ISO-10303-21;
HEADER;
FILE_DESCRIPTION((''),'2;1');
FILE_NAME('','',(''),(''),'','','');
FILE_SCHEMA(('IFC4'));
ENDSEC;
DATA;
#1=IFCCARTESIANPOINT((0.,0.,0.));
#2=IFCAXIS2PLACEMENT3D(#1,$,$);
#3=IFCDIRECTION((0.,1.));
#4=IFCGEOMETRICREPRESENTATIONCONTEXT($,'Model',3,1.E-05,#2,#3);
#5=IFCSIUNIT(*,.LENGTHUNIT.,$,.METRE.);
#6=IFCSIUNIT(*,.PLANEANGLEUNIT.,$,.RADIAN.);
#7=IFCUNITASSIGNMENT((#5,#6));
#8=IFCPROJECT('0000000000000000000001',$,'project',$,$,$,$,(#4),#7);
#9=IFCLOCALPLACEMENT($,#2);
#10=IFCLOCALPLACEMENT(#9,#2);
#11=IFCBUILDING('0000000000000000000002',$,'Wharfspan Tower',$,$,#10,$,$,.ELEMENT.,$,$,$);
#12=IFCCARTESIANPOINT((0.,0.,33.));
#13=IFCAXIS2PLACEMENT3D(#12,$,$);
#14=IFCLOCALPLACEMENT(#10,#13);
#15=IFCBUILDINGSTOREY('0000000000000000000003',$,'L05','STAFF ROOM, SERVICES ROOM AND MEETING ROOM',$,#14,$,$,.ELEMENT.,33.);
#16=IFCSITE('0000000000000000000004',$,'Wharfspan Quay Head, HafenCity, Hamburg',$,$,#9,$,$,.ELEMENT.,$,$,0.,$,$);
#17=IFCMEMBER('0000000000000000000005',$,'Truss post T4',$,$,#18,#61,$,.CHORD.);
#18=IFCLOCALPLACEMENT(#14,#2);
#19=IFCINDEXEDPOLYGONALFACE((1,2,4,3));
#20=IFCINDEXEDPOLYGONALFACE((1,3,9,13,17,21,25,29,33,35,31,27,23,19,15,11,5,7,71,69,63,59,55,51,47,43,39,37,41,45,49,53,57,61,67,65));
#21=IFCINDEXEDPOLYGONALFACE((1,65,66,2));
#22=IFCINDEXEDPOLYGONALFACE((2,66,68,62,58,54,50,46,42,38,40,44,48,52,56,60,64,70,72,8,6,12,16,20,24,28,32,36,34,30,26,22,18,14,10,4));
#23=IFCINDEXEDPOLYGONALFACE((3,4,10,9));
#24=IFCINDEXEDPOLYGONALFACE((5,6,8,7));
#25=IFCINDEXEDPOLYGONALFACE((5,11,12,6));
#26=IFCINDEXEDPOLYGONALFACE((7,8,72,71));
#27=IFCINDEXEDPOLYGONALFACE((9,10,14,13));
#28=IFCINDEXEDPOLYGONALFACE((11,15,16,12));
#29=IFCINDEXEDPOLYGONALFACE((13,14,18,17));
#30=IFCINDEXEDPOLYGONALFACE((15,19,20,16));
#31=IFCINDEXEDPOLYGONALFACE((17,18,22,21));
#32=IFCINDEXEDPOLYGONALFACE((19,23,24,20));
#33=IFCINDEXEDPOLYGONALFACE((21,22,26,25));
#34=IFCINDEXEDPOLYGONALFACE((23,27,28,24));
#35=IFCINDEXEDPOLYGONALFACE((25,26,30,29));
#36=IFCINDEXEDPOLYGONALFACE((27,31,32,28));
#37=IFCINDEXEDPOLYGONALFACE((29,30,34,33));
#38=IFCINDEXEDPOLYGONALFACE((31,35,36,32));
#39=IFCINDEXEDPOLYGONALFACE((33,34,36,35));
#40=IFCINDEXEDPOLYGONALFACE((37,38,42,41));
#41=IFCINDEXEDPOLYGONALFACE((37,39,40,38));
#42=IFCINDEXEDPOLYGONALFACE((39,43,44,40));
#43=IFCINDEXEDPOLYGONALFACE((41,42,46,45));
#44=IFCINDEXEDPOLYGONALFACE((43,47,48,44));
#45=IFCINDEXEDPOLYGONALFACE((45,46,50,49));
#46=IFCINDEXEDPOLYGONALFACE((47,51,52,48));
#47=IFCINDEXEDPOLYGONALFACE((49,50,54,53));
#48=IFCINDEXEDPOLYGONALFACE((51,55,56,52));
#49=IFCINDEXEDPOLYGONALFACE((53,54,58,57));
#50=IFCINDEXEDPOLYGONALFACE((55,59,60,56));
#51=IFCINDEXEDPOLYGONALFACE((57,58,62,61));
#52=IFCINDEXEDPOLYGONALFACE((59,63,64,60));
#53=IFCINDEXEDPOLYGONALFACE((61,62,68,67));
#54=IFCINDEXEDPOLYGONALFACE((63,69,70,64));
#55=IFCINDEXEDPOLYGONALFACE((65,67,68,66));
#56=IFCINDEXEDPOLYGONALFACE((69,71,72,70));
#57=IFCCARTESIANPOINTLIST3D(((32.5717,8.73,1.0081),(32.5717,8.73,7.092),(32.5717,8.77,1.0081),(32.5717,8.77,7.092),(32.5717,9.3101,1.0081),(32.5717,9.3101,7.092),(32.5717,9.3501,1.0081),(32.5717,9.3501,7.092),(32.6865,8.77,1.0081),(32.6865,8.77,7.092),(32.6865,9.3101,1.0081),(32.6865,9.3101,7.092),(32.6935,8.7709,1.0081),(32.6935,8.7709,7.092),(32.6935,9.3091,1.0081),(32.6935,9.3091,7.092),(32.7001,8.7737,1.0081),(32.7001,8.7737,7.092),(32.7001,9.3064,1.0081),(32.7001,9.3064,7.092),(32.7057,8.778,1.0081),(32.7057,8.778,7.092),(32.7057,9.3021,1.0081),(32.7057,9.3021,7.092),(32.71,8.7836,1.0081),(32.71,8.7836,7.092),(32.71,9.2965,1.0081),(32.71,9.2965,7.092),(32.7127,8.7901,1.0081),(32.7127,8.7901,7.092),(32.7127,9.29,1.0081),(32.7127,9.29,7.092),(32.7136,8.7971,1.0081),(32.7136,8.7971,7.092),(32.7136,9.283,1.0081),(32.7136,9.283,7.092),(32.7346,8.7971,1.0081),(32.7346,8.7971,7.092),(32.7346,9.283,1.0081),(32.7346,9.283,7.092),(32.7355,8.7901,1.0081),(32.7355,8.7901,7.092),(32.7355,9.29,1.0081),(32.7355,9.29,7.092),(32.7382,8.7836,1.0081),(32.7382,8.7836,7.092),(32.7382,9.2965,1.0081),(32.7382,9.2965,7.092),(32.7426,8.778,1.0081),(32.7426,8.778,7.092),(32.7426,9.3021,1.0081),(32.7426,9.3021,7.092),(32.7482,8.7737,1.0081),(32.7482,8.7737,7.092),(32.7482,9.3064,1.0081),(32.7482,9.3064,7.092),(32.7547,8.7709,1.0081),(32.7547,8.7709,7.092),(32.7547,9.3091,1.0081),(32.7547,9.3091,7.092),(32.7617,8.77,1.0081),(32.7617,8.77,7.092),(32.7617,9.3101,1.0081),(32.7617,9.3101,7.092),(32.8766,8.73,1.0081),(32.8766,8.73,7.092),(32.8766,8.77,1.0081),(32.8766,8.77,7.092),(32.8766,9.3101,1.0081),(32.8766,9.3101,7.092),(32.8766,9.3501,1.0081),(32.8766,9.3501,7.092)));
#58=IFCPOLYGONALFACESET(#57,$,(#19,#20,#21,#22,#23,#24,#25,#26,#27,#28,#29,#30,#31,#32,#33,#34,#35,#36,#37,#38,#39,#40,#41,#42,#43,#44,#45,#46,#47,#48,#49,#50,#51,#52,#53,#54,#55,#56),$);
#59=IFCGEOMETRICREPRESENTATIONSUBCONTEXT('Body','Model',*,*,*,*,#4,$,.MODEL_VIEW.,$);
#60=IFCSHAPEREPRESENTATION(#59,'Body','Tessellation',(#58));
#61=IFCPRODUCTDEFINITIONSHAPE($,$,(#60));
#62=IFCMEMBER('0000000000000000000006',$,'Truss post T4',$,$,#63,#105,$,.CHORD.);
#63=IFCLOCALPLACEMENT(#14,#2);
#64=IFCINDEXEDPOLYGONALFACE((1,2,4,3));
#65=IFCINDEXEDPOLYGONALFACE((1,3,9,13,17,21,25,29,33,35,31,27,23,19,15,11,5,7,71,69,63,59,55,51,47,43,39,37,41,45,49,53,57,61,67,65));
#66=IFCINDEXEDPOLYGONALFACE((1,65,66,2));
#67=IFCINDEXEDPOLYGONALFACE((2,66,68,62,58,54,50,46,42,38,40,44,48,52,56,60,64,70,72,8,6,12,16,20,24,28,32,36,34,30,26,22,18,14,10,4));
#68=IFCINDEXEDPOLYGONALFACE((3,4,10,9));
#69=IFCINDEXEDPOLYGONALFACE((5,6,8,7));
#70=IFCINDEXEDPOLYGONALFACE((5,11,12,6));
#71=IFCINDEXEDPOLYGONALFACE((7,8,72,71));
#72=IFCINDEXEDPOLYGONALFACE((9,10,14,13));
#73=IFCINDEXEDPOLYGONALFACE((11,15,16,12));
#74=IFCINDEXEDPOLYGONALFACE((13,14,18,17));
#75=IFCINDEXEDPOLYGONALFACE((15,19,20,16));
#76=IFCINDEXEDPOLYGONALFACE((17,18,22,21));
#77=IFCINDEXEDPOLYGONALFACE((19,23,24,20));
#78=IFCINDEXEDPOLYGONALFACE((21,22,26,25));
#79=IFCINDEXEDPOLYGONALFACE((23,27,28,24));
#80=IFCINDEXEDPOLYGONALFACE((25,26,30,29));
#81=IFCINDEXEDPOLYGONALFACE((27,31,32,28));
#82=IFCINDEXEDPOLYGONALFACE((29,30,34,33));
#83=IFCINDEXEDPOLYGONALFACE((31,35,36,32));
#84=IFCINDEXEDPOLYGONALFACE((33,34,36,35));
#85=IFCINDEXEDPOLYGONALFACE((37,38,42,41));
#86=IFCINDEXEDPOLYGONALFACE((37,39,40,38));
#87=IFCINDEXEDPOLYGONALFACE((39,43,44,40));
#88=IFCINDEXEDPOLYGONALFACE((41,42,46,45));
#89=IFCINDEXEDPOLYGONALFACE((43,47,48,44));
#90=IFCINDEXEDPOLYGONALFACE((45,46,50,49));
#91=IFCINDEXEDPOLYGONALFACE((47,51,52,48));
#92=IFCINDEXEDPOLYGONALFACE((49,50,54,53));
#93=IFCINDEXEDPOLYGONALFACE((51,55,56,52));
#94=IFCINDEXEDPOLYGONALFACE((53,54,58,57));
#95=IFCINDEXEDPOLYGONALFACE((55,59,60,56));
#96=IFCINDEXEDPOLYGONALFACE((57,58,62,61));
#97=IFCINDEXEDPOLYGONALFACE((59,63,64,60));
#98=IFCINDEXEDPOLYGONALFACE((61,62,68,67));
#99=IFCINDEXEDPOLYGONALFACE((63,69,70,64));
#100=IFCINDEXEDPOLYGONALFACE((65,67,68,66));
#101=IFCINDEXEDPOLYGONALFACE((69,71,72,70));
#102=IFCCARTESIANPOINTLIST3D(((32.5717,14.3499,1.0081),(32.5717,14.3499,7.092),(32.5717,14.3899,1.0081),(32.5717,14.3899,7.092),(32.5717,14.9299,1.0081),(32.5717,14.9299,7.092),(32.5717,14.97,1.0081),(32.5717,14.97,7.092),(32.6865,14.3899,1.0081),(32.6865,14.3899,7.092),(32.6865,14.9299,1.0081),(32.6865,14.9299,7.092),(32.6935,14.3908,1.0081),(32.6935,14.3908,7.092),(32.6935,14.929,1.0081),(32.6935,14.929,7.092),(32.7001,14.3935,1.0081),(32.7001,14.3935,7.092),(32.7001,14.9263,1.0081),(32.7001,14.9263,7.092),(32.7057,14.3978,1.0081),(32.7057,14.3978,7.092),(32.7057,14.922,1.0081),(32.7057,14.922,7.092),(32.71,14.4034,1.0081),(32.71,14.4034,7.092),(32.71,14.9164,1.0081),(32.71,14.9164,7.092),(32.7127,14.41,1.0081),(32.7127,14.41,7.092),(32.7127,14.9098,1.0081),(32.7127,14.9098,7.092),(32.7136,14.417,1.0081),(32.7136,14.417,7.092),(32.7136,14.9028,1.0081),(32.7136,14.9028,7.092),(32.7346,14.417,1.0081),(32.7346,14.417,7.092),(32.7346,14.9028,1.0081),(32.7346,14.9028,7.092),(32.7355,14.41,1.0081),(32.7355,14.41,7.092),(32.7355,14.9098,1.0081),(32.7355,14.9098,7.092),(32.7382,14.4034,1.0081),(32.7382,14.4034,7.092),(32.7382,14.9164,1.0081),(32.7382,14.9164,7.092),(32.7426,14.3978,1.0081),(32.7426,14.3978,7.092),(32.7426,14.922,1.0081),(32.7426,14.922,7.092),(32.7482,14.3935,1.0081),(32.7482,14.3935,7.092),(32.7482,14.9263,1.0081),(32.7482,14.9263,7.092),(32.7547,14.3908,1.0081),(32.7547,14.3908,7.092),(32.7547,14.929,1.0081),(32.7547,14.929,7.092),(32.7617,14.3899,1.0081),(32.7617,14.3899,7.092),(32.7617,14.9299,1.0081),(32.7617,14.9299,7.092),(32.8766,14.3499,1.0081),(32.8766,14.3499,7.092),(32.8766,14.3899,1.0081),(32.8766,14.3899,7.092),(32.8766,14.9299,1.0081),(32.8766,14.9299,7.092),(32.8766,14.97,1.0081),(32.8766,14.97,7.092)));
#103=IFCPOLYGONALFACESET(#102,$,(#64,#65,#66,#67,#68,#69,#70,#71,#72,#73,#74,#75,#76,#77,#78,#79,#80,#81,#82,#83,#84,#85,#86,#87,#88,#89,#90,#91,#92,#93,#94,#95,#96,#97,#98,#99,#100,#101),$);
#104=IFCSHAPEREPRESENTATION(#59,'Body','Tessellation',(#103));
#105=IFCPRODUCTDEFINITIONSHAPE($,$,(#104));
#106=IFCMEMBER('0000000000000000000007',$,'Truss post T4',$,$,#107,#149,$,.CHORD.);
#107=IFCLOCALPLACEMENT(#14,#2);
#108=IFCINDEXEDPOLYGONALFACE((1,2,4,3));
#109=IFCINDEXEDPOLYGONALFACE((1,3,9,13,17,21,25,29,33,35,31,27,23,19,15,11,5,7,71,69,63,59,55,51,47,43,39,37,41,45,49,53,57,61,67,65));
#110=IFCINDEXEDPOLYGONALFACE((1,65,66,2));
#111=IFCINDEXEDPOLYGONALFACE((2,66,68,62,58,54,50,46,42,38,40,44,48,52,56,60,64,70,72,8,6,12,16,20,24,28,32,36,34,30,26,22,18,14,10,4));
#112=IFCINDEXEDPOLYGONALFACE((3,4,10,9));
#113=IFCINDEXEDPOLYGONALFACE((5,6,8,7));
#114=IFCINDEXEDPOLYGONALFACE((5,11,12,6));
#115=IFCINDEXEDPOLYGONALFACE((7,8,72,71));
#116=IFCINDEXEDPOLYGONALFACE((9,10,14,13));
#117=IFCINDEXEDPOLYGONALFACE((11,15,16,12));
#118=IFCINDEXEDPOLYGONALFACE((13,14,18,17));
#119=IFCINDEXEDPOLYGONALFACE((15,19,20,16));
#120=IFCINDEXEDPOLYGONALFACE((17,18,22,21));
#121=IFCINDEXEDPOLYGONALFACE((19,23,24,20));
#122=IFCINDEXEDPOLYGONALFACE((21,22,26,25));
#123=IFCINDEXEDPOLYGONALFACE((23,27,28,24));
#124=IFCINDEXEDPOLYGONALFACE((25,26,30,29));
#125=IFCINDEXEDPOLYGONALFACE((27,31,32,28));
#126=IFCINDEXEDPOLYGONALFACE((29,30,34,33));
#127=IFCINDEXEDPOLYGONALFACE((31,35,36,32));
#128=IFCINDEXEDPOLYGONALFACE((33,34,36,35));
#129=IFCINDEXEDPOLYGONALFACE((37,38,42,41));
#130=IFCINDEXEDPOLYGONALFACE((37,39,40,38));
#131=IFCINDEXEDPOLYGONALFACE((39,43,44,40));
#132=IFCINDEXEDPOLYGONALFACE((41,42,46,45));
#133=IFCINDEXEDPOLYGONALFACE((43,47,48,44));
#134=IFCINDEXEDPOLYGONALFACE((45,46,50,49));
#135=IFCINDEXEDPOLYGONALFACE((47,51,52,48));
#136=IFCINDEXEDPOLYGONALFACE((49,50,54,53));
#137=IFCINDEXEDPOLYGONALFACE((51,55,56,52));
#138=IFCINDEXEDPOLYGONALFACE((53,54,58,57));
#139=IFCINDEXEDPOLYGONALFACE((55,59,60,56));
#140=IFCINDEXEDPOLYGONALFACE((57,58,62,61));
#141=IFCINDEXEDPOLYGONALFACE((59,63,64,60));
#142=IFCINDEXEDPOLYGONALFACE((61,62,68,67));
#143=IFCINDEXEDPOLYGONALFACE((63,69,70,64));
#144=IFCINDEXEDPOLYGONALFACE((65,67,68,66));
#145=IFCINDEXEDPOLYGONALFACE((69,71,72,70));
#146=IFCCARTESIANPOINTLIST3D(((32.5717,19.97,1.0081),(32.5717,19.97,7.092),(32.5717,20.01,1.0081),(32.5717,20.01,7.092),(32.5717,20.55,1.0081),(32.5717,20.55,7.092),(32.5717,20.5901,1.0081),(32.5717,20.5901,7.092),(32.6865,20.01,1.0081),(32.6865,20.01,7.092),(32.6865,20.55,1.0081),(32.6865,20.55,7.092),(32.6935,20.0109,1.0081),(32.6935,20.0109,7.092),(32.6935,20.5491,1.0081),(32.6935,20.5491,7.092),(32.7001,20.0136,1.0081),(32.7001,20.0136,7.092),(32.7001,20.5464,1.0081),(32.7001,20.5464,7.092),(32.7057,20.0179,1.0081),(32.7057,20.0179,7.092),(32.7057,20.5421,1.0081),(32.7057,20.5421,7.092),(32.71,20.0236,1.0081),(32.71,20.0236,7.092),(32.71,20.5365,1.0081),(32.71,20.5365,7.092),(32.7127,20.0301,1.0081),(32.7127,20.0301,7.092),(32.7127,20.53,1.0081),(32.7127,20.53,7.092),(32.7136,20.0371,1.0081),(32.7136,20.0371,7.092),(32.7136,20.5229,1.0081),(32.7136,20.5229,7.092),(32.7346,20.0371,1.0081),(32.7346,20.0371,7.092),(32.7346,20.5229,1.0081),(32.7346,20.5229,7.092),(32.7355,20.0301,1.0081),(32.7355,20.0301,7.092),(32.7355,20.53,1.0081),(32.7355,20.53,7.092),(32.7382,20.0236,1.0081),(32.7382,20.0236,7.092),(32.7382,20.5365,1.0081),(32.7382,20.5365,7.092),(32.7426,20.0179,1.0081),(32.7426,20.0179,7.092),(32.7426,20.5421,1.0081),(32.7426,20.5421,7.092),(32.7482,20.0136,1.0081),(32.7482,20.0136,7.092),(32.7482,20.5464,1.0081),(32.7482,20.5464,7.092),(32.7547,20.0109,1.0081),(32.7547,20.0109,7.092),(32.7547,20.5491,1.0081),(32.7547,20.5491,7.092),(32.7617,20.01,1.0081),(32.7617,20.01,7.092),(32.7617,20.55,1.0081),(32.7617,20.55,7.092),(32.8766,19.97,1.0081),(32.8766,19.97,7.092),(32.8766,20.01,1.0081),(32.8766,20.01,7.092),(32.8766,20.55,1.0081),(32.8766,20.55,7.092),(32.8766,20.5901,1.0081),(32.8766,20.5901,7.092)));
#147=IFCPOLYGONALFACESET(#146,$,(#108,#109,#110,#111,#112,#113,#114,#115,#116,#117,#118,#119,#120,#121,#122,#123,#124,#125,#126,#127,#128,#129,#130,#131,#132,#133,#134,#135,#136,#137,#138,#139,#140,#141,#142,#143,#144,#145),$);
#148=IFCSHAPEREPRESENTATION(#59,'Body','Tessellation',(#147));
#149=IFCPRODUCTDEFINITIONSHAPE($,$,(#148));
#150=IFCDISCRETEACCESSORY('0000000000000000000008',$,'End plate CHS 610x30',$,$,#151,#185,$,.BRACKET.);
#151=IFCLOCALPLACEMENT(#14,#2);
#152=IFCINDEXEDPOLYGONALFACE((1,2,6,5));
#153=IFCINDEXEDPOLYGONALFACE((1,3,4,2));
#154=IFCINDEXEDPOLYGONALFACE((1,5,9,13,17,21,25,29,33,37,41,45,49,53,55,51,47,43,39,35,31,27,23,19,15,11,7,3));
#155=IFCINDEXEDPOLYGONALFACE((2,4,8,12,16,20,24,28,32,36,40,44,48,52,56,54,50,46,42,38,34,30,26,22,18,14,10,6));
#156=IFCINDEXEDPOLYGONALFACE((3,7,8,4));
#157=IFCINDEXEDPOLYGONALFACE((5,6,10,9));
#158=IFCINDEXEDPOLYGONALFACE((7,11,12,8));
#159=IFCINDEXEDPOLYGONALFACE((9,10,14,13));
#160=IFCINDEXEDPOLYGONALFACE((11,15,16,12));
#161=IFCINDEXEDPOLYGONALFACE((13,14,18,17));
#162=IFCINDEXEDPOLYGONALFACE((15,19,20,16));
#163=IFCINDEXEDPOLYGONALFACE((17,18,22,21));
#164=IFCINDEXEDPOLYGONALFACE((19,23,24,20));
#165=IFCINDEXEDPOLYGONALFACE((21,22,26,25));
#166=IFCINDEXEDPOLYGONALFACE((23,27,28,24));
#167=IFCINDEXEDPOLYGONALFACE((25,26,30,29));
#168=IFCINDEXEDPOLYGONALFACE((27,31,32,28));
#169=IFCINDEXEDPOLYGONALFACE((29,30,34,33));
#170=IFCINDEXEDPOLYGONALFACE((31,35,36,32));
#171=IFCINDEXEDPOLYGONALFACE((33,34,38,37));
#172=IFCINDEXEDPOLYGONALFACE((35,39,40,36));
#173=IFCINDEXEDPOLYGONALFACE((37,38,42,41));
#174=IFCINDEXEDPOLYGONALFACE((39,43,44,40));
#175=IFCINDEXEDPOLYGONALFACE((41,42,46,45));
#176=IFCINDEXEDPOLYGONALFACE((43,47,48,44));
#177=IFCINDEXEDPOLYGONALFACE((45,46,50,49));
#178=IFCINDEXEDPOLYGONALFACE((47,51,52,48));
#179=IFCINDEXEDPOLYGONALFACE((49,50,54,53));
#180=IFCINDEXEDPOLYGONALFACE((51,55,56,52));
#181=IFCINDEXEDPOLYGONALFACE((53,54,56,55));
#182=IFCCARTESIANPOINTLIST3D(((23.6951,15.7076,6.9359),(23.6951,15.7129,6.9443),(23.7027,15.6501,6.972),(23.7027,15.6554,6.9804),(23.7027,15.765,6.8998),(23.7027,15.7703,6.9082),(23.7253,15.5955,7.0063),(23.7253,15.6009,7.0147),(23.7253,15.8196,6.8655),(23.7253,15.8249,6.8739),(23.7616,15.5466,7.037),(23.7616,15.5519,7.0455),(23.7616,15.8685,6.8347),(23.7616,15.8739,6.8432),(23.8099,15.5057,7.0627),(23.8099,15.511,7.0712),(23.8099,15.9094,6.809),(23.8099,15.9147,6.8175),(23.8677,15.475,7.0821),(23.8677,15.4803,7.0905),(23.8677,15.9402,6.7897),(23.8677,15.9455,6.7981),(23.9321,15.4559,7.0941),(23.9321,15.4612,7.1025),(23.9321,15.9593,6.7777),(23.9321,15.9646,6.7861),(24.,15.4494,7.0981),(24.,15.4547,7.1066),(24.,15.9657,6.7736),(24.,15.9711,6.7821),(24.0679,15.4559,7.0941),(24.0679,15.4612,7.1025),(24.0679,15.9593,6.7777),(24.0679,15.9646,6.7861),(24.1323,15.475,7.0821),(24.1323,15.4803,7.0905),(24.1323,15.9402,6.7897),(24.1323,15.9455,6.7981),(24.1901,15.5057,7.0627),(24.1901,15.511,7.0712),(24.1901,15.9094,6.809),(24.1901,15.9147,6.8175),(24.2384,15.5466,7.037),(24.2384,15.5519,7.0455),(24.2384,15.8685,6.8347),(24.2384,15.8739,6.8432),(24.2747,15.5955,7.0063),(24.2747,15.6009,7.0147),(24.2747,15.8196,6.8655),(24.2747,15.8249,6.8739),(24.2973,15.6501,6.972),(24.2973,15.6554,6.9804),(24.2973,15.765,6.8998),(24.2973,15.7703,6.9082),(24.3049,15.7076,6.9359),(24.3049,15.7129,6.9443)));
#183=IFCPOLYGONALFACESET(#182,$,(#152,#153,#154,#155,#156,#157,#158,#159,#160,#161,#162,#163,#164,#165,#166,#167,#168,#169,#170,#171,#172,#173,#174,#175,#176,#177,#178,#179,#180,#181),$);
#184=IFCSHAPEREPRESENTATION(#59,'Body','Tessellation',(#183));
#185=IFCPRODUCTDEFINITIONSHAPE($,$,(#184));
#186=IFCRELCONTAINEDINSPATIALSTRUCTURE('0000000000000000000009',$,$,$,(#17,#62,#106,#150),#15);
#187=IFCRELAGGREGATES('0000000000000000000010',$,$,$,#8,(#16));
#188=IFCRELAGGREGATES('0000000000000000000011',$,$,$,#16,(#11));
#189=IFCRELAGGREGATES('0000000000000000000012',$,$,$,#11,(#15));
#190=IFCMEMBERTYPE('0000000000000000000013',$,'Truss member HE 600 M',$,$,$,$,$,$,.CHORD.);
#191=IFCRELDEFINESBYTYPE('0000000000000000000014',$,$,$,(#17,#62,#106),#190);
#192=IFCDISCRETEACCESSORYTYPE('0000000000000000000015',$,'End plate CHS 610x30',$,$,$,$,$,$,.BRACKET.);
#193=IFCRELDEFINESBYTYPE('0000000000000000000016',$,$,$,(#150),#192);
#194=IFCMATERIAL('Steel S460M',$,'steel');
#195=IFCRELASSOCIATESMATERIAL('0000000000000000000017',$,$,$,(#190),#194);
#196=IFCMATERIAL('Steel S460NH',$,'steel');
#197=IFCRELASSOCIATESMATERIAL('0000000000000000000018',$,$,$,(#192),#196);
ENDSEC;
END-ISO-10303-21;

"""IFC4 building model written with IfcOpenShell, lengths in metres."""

from ifc_helpers import new_model, si_unit, direction, frame, origin, origin_2d, place, context, subcontext, project, spatial, circle, i_section, extrude, material, material_profile, profile_set, type_object, element, save


model = new_model("IFC4")

# Units and contexts
model_context = context("Model", 3, precision=1e-05, world=origin(), true_north=direction((0.0, 1.0)))
body_context = subcontext(model_context, "Body", "Model", "MODEL_VIEW")
ifc_project = project(units=[si_unit("LENGTHUNIT", "METRE"), si_unit("PLANEANGLEUNIT", "RADIAN")], contexts=[model_context])

# Site, building, storey
site_placement = place(None, origin())
site = spatial("IfcSite", under=ifc_project, at=site_placement, Name="Wharfspan Quay Head, HafenCity, Hamburg", CompositionType="ELEMENT", RefElevation=0.0)
building_placement = place(site_placement, origin())
building = spatial("IfcBuilding", under=site, at=building_placement, Name="Wharfspan Tower", CompositionType="ELEMENT")
storey_placement = place(building_placement, frame((0.0, 0.0, 33.0)))
storey = spatial("IfcBuildingStorey", under=building, at=storey_placement, Name="L05", Description="STAFF ROOM, SERVICES ROOM AND MEETING ROOM", CompositionType="ELEMENT", Elevation=33.0)

# Members
ifc_material_1 = material(Name="Steel S460NH", Category="steel")
ifc_material_2 = material(Name="Steel S460M", Category="steel")
ifc_material_profile_1 = material_profile(ifc_material_2, i_section(OverallWidth=0.3049, OverallDepth=0.6201, WebThickness=0.021, FlangeThickness=0.04, FilletRadius=0.0271, at=origin_2d()))
ifc_profile_set_1 = profile_set([ifc_material_profile_1], Name="Steel S460M")
member_type_1 = type_object("IfcMemberType", Name="Truss member HE 600 M", PredefinedType="CHORD", material=ifc_profile_set_1)
for number, where, z_axis, x_axis, name in (
    (1, (32.7241, 9.04, 1.0081), (0.0, 0.0, 1.0), (1.0, 0.0, 0.0), "Truss post T4"),
    (2, (32.7241, 14.6599, 1.0081), (0.0, 0.0, 1.0), (1.0, 0.0, 0.0), "Truss post T4"),
    (3, (32.7241, 20.28, 1.0081), (0.0, 0.0, 1.0), (1.0, 0.0, 0.0), "Truss post T4"),
):
    element("IfcMember", number, at=place(storey_placement, frame(where, z_axis=z_axis, x_axis=x_axis)), inside=storey, type_object=member_type_1, Name=name, PredefinedType="CHORD", context=body_context, shape_type="SweptSolid", body=[
        extrude(i_section(OverallWidth=0.3049, OverallDepth=0.6201, WebThickness=0.021, FlangeThickness=0.04, FilletRadius=0.0271, at=origin_2d()), origin(), (0.0, 0.0, 1.0), 6.084),
    ])

# Discrete accessory
ifc_material_profile_2 = material_profile(ifc_material_1, circle(Radius=0.3049, at=origin_2d()))
ifc_profile_set_2 = profile_set([ifc_material_profile_2], Name="Steel S460NH")
discrete_accessory_type_1 = type_object("IfcDiscreteAccessoryType", Name="End plate CHS 610x30", PredefinedType="BRACKET", material=ifc_profile_set_2)
for number, where, z_axis, x_axis, name in (
    (4, (24.0, 15.7129, 6.9443), (0.0, -0.532172, -0.846637), (1.0, 0.0, 0.0), "End plate CHS 610x30"),
):
    element("IfcDiscreteAccessory", number, at=place(storey_placement, frame(where, z_axis=z_axis, x_axis=x_axis)), inside=storey, type_object=discrete_accessory_type_1, Name=name, PredefinedType="BRACKET", context=body_context, shape_type="SweptSolid", body=[
        extrude(circle(Radius=0.3049, at=origin_2d()), origin(), (0.0, 0.0, 1.0), 0.01),
    ])

save(model, "model.ifc")
